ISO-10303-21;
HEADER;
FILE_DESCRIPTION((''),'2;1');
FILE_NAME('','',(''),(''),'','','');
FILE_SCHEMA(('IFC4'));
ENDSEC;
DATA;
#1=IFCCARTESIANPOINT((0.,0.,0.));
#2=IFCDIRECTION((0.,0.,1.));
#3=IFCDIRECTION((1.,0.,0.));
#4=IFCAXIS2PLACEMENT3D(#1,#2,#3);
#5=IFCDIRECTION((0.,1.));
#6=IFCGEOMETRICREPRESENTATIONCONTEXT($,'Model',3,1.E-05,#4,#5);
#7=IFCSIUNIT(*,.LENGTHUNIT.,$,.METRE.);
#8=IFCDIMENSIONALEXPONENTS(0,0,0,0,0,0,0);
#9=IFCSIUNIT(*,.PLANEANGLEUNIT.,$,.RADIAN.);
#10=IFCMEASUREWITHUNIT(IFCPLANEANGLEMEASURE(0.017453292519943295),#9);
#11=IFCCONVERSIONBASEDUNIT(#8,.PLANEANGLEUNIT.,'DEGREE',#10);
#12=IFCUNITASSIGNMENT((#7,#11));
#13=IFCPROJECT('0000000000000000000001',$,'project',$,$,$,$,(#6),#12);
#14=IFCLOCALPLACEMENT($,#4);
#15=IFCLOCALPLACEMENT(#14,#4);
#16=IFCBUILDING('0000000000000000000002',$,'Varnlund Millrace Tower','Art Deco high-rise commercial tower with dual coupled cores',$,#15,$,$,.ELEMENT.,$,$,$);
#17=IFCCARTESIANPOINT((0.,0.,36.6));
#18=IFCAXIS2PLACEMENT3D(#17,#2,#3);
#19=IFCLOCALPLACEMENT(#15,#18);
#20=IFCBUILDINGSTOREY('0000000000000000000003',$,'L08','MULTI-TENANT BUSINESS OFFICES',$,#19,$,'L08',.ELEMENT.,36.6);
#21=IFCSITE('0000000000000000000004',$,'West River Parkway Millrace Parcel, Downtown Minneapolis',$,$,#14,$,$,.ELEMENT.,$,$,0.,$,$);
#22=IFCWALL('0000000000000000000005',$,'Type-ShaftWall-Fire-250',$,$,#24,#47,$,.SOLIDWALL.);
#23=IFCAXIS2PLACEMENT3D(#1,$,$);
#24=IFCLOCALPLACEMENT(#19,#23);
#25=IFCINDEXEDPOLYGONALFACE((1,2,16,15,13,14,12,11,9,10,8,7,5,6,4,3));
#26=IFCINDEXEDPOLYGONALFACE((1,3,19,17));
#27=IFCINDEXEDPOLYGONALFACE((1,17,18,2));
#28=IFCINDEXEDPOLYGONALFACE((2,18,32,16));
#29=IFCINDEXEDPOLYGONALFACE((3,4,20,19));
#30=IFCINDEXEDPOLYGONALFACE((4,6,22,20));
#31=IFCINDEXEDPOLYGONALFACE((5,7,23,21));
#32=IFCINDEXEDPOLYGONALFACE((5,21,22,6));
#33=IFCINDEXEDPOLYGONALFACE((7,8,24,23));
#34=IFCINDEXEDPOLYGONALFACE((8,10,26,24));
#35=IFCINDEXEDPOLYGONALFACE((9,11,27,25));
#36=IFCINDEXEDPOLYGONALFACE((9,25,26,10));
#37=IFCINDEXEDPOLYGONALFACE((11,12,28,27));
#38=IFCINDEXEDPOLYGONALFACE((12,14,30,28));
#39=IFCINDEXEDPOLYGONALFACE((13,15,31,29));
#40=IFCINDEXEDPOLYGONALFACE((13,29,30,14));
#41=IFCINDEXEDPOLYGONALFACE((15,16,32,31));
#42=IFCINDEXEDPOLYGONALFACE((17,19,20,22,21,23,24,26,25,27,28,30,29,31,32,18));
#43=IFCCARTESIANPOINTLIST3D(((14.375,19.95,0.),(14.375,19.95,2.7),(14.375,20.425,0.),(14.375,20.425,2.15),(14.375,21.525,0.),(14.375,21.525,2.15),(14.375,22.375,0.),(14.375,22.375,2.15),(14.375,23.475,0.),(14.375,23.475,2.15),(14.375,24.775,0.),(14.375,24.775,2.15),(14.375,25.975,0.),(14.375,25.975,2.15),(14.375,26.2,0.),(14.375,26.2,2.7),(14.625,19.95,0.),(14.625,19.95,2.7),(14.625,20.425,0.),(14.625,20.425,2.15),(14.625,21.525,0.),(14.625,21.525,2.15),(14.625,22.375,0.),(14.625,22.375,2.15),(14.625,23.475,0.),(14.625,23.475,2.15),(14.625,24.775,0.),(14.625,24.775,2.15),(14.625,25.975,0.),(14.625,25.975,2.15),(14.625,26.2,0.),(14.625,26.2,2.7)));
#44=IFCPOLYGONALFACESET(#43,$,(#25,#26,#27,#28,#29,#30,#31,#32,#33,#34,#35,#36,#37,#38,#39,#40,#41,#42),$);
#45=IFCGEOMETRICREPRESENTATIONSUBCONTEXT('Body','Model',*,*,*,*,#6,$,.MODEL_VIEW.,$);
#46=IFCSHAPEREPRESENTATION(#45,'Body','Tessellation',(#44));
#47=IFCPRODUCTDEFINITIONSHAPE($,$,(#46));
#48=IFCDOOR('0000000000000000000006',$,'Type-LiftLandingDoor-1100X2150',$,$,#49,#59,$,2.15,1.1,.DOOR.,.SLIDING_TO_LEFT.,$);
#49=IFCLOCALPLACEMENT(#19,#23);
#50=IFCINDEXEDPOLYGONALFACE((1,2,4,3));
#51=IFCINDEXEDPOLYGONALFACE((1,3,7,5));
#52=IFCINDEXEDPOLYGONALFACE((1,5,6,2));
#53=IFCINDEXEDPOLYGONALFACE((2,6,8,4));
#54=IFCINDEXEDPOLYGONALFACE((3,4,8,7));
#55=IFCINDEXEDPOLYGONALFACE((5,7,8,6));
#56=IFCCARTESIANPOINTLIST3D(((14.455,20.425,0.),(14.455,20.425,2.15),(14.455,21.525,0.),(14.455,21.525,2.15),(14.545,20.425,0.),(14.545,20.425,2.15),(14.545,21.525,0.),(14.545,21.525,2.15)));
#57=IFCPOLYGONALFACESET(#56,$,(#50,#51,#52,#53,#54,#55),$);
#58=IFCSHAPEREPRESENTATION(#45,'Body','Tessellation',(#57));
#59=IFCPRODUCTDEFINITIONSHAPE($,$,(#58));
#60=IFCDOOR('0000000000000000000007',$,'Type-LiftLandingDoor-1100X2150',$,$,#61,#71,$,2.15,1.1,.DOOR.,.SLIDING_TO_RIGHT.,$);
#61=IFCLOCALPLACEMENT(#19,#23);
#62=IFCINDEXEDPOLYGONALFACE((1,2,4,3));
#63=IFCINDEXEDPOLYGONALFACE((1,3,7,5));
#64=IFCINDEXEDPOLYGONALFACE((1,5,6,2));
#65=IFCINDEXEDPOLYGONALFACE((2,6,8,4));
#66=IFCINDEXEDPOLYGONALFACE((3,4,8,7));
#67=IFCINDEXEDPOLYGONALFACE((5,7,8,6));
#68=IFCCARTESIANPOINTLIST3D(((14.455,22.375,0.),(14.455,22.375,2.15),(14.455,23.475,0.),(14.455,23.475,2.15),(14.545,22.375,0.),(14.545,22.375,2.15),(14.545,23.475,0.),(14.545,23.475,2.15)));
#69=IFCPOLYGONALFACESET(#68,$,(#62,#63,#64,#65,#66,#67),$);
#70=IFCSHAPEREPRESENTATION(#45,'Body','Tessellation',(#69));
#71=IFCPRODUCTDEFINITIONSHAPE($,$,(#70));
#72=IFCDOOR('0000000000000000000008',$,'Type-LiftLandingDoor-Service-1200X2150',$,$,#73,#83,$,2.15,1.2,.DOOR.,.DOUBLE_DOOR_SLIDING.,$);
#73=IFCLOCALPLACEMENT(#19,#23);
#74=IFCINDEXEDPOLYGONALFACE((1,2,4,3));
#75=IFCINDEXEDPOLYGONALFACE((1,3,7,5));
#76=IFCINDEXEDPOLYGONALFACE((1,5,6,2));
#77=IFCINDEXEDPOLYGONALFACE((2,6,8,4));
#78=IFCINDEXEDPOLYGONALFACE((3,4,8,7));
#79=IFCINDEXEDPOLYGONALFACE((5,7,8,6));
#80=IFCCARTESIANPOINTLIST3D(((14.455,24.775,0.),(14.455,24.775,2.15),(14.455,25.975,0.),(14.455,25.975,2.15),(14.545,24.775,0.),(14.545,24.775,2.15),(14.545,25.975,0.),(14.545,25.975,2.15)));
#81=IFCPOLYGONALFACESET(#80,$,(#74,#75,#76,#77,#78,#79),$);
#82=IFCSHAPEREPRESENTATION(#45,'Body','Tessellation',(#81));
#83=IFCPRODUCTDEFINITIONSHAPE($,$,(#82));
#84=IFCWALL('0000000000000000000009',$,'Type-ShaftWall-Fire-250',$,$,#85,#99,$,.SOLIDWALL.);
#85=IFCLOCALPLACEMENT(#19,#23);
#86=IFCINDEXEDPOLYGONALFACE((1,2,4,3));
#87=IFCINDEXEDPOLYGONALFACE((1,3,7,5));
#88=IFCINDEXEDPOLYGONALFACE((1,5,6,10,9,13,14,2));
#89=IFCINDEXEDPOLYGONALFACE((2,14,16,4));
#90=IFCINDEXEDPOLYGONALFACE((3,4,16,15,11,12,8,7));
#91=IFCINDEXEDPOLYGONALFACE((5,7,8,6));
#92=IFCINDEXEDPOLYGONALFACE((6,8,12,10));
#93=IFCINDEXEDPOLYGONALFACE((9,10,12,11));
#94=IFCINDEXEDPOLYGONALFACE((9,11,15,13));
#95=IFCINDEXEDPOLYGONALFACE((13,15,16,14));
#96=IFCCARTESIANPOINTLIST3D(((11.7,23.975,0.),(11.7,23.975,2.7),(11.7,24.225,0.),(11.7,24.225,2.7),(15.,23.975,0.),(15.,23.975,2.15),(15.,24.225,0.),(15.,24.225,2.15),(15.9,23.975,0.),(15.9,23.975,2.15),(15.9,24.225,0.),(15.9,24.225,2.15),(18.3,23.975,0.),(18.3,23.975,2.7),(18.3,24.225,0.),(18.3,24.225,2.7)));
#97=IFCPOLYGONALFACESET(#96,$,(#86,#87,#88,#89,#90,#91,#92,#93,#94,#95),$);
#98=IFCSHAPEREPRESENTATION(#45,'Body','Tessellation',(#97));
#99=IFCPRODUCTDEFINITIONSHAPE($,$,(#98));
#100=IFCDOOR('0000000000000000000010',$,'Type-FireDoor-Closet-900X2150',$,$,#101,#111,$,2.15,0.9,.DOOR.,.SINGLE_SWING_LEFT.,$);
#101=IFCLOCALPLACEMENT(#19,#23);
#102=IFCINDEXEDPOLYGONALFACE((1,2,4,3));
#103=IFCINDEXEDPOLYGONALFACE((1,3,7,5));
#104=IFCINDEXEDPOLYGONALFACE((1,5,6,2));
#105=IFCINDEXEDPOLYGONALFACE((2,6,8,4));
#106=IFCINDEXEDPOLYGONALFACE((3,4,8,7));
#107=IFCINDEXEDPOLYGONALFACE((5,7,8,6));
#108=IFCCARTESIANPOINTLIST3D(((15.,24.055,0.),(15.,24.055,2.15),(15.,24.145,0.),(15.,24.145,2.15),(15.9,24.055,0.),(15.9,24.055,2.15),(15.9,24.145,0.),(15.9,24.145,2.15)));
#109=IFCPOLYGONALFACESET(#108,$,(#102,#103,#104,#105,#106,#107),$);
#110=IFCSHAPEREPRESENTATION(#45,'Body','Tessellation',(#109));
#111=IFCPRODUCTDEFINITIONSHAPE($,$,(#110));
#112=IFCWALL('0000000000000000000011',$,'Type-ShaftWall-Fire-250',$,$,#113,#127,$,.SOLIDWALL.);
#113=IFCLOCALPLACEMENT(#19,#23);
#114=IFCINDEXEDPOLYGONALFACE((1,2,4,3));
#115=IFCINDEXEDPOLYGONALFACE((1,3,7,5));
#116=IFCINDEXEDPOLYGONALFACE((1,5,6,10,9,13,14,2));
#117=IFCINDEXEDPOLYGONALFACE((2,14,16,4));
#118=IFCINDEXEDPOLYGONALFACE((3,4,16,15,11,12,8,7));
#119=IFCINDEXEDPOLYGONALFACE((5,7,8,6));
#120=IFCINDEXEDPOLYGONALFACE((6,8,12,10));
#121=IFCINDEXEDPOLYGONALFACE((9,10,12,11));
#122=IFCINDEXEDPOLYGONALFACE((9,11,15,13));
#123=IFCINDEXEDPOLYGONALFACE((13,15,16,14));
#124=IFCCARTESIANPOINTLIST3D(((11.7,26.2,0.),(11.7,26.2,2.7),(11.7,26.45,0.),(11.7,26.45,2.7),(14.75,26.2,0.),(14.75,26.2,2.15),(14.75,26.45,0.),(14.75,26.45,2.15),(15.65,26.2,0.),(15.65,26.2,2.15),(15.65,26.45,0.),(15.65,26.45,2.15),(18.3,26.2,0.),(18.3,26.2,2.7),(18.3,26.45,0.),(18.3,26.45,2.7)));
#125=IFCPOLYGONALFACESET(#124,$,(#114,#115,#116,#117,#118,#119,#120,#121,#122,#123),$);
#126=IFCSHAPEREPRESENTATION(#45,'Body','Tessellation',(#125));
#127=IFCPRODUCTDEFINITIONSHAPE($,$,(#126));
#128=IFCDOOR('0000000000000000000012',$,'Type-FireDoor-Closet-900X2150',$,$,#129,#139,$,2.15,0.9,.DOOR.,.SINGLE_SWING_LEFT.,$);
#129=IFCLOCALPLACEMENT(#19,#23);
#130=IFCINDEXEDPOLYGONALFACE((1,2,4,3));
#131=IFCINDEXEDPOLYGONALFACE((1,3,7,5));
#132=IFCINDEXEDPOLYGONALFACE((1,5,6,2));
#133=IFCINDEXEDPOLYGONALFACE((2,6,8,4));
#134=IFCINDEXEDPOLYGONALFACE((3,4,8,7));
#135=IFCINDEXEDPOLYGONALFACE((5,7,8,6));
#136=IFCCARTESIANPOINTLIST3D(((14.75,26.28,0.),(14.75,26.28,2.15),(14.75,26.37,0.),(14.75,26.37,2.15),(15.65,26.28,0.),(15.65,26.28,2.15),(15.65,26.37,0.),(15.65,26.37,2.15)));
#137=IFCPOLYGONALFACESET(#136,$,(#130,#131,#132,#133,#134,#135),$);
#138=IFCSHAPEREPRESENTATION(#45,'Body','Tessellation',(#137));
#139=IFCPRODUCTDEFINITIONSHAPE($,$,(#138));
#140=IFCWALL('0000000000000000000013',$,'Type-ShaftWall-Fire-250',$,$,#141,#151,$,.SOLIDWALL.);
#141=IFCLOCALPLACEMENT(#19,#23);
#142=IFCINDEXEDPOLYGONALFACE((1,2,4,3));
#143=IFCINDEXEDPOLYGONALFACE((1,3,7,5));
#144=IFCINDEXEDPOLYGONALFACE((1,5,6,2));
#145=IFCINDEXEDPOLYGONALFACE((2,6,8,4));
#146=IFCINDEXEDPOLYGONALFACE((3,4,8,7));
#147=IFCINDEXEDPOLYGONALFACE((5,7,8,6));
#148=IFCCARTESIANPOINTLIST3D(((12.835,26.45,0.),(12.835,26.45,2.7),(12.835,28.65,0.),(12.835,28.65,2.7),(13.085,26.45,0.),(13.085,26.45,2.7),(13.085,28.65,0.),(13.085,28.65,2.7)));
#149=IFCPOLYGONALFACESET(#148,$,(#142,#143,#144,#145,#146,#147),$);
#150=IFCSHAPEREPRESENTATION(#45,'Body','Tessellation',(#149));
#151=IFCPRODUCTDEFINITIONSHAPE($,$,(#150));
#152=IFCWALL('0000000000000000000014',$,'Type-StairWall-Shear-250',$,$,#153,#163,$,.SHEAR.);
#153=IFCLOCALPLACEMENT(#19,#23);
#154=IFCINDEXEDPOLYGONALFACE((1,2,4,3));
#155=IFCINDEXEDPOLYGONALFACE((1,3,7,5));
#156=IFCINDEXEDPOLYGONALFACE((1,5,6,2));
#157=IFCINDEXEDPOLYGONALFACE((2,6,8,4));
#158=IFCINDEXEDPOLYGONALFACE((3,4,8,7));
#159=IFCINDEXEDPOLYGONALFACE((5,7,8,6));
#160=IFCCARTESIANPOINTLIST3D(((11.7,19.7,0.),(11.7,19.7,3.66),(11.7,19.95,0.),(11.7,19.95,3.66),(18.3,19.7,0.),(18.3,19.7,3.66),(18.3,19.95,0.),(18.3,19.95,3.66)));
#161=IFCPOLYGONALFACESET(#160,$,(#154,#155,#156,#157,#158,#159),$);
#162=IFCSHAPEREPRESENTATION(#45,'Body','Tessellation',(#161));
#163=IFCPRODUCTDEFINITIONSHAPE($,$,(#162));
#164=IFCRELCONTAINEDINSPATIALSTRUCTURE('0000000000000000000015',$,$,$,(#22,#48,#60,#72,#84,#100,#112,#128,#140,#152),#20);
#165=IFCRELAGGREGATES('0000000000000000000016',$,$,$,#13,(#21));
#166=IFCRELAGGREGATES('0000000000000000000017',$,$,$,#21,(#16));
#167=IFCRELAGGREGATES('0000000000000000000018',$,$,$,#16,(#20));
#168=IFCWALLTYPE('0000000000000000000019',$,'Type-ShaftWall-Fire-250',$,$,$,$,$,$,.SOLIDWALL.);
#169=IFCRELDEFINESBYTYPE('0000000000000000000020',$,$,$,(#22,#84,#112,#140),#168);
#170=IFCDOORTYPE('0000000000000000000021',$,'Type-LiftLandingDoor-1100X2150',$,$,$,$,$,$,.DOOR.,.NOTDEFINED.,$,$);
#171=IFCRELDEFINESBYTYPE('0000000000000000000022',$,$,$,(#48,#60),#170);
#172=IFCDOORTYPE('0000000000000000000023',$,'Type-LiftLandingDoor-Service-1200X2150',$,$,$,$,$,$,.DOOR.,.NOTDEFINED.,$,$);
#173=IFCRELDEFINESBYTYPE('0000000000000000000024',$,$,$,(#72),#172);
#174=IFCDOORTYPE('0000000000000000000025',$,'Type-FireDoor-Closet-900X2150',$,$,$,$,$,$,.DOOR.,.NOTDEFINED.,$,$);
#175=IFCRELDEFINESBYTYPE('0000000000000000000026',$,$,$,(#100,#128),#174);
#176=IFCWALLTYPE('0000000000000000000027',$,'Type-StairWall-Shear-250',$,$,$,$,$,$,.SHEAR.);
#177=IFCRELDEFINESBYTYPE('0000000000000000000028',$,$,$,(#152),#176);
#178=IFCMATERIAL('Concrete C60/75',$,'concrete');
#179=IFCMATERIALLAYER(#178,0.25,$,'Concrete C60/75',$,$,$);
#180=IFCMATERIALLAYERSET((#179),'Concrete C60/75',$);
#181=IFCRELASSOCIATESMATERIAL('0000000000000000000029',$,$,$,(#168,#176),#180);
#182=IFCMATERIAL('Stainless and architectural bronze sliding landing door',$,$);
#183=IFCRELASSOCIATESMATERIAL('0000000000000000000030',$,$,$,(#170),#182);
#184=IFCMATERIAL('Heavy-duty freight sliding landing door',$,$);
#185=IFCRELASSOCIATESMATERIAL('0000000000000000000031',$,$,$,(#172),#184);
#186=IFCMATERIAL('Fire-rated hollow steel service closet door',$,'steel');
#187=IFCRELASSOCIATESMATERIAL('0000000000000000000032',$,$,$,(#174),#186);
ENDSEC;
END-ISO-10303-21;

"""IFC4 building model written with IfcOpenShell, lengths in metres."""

from ifc_helpers import new_model, entity, si_unit, converted_unit, direction, frame, origin_with_axes, origin_2d_with_axis, place, context, subcontext, project, spatial, polyline, rectangle, outline, extrude, material, layer, layer_set, type_object, element, fill, save


model = new_model("IFC4")

# Units and contexts
model_context = context("Model", 3, precision=1e-05, world=origin_with_axes(), true_north=direction((0.0, 1.0)))
body_context = subcontext(model_context, "Body", "Model", "MODEL_VIEW")
ifc_project = project(units=[si_unit("LENGTHUNIT", "METRE"), converted_unit("PLANEANGLEUNIT", "DEGREE", entity("IfcPlaneAngleMeasure", 0.017453292519943295), si_unit("PLANEANGLEUNIT", "RADIAN"), dimensions=[0, 0, 0, 0, 0, 0, 0])], contexts=[model_context])

# Site, building, storey
site_placement = place(None, origin_with_axes())
site = spatial("IfcSite", under=ifc_project, at=site_placement, Name="West River Parkway Millrace Parcel, Downtown Minneapolis", CompositionType="ELEMENT", RefElevation=0.0)
building_placement = place(site_placement, origin_with_axes())
building = spatial("IfcBuilding", under=site, at=building_placement, Name="Varnlund Millrace Tower", Description="Art Deco high-rise commercial tower with dual coupled cores", CompositionType="ELEMENT")
storey_placement = place(building_placement, frame((0.0, 0.0, 36.6), z_axis=(0.0, 0.0, 1.0), x_axis=(1.0, 0.0, 0.0)))
storey = spatial("IfcBuildingStorey", under=building, at=storey_placement, Name="L08", Description="MULTI-TENANT BUSINESS OFFICES", LongName="L08", CompositionType="ELEMENT", Elevation=36.6)

# Wall, openings, doors
ifc_material_1 = material(Name="Concrete C60/75", Category="concrete")
ifc_layer_1 = layer(ifc_material_1, 0.25, Name="Concrete C60/75")
ifc_layer_set_1 = layer_set([ifc_layer_1], Name="Concrete C60/75")
wall_type_1 = type_object("IfcWallType", Name="Type-ShaftWall-Fire-250", PredefinedType="SOLIDWALL", material=ifc_layer_set_1)
wall_1_placement = place(storey_placement, frame((14.5, 19.95, 0.0), z_axis=(0.0, 0.0, 1.0), x_axis=(0.0, 1.0, 0.0)))
wall_1 = element("IfcWall", 1, at=wall_1_placement, inside=storey, type_object=wall_type_1, Name="Type-ShaftWall-Fire-250", PredefinedType="SOLIDWALL", context=body_context, shape_type="SweptSolid", body=[
    extrude(outline(polyline([(0.0, -0.125), (6.25, -0.125), (6.25, 0.125), (0.0, 0.125), (0.0, -0.125)])), origin_with_axes(), (0.0, 0.0, 1.0), 2.7),
])
opening_1_placement = place(wall_1_placement, frame((1.025, 0.0, 0.0), z_axis=(0.0, 0.0, 1.0), x_axis=(1.0, 0.0, 0.0)))
opening_1 = element("IfcOpeningElement", 2, at=opening_1_placement, cuts=wall_1, PredefinedType="OPENING", context=body_context, shape_type="SweptSolid", body=[
    extrude(rectangle(XDim=1.1, YDim=0.27, at=origin_2d_with_axis()), origin_with_axes(), (0.0, 0.0, 1.0), 2.15),
])
opening_2_placement = place(wall_1_placement, frame((2.975, 0.0, 0.0), z_axis=(0.0, 0.0, 1.0), x_axis=(1.0, 0.0, 0.0)))
opening_2 = element("IfcOpeningElement", 3, at=opening_2_placement, cuts=wall_1, PredefinedType="OPENING", context=body_context, shape_type="SweptSolid", body=[
    extrude(rectangle(XDim=1.1, YDim=0.27, at=origin_2d_with_axis()), origin_with_axes(), (0.0, 0.0, 1.0), 2.15),
])
opening_3_placement = place(wall_1_placement, frame((5.425, 0.0, 0.0), z_axis=(0.0, 0.0, 1.0), x_axis=(1.0, 0.0, 0.0)))
opening_3 = element("IfcOpeningElement", 4, at=opening_3_placement, cuts=wall_1, PredefinedType="OPENING", context=body_context, shape_type="SweptSolid", body=[
    extrude(rectangle(XDim=1.2, YDim=0.27, at=origin_2d_with_axis()), origin_with_axes(), (0.0, 0.0, 1.0), 2.15),
])
ifc_material_2 = material(Name="Stainless and architectural bronze sliding landing door")
door_type_1 = type_object("IfcDoorType", Name="Type-LiftLandingDoor-1100X2150", OperationType="NOTDEFINED", PredefinedType="DOOR", material=ifc_material_2)
door_1_placement = place(wall_1_placement, frame((1.025, 0.0, 0.0), z_axis=(0.0, 0.0, 1.0), x_axis=(1.0, 0.0, 0.0)))
door_1 = element("IfcDoor", 5, at=door_1_placement, inside=storey, type_object=door_type_1, Name="Type-LiftLandingDoor-1100X2150", OperationType="SLIDING_TO_LEFT", OverallHeight=2.15, OverallWidth=1.1, PredefinedType="DOOR", context=body_context, shape_type="SweptSolid", body=[
    extrude(rectangle(XDim=1.1, YDim=0.09, at=origin_2d_with_axis()), origin_with_axes(), (0.0, 0.0, 1.0), 2.15),
])
fill(opening_1, door_1)
door_2_placement = place(wall_1_placement, frame((2.975, 0.0, 0.0), z_axis=(0.0, 0.0, 1.0), x_axis=(1.0, 0.0, 0.0)))
door_2 = element("IfcDoor", 6, at=door_2_placement, inside=storey, type_object=door_type_1, Name="Type-LiftLandingDoor-1100X2150", OperationType="SLIDING_TO_RIGHT", OverallHeight=2.15, OverallWidth=1.1, PredefinedType="DOOR", context=body_context, shape_type="SweptSolid", body=[
    extrude(rectangle(XDim=1.1, YDim=0.09, at=origin_2d_with_axis()), origin_with_axes(), (0.0, 0.0, 1.0), 2.15),
])
fill(opening_2, door_2)
ifc_material_3 = material(Name="Heavy-duty freight sliding landing door")
door_type_2 = type_object("IfcDoorType", Name="Type-LiftLandingDoor-Service-1200X2150", OperationType="NOTDEFINED", PredefinedType="DOOR", material=ifc_material_3)
door_3_placement = place(wall_1_placement, frame((5.425, 0.0, 0.0), z_axis=(0.0, 0.0, 1.0), x_axis=(1.0, 0.0, 0.0)))
door_3 = element("IfcDoor", 7, at=door_3_placement, inside=storey, type_object=door_type_2, Name="Type-LiftLandingDoor-Service-1200X2150", OperationType="DOUBLE_DOOR_SLIDING", OverallHeight=2.15, OverallWidth=1.2, PredefinedType="DOOR", context=body_context, shape_type="SweptSolid", body=[
    extrude(rectangle(XDim=1.2, YDim=0.09, at=origin_2d_with_axis()), origin_with_axes(), (0.0, 0.0, 1.0), 2.15),
])
fill(opening_3, door_3)

# Walls, openings, doors
wall_2_placement = place(storey_placement, frame((11.7, 24.1, 0.0), z_axis=(0.0, 0.0, 1.0), x_axis=(1.0, 0.0, 0.0)))
wall_2 = element("IfcWall", 8, at=wall_2_placement, inside=storey, type_object=wall_type_1, Name="Type-ShaftWall-Fire-250", PredefinedType="SOLIDWALL", context=body_context, shape_type="SweptSolid", body=[
    extrude(outline(polyline([(0.0, -0.125), (6.6, -0.125), (6.6, 0.125), (0.0, 0.125), (0.0, -0.125)])), origin_with_axes(), (0.0, 0.0, 1.0), 2.7),
])
opening_4_placement = place(wall_2_placement, frame((3.75, 0.0, 0.0), z_axis=(0.0, 0.0, 1.0), x_axis=(1.0, 0.0, 0.0)))
opening_4 = element("IfcOpeningElement", 9, at=opening_4_placement, cuts=wall_2, PredefinedType="OPENING", context=body_context, shape_type="SweptSolid", body=[
    extrude(rectangle(XDim=0.9, YDim=0.27, at=origin_2d_with_axis()), origin_with_axes(), (0.0, 0.0, 1.0), 2.15),
])
ifc_material_4 = material(Name="Fire-rated hollow steel service closet door", Category="steel")
door_type_3 = type_object("IfcDoorType", Name="Type-FireDoor-Closet-900X2150", OperationType="NOTDEFINED", PredefinedType="DOOR", material=ifc_material_4)
door_4_placement = place(wall_2_placement, frame((3.75, 0.0, 0.0), z_axis=(0.0, 0.0, 1.0), x_axis=(1.0, 0.0, 0.0)))
door_4 = element("IfcDoor", 10, at=door_4_placement, inside=storey, type_object=door_type_3, Name="Type-FireDoor-Closet-900X2150", OperationType="SINGLE_SWING_LEFT", OverallHeight=2.15, OverallWidth=0.9, PredefinedType="DOOR", context=body_context, shape_type="SweptSolid", body=[
    extrude(rectangle(XDim=0.9, YDim=0.09, at=origin_2d_with_axis()), origin_with_axes(), (0.0, 0.0, 1.0), 2.15),
])
fill(opening_4, door_4)
wall_3_placement = place(storey_placement, frame((11.7, 26.325, 0.0), z_axis=(0.0, 0.0, 1.0), x_axis=(1.0, 0.0, 0.0)))
wall_3 = element("IfcWall", 11, at=wall_3_placement, inside=storey, type_object=wall_type_1, Name="Type-ShaftWall-Fire-250", PredefinedType="SOLIDWALL", context=body_context, shape_type="SweptSolid", body=[
    extrude(outline(polyline([(0.0, -0.125), (6.6, -0.125), (6.6, 0.125), (0.0, 0.125), (0.0, -0.125)])), origin_with_axes(), (0.0, 0.0, 1.0), 2.7),
])
opening_5_placement = place(wall_3_placement, frame((3.5, 0.0, 0.0), z_axis=(0.0, 0.0, 1.0), x_axis=(1.0, 0.0, 0.0)))
opening_5 = element("IfcOpeningElement", 12, at=opening_5_placement, cuts=wall_3, PredefinedType="OPENING", context=body_context, shape_type="SweptSolid", body=[
    extrude(rectangle(XDim=0.9, YDim=0.27, at=origin_2d_with_axis()), origin_with_axes(), (0.0, 0.0, 1.0), 2.15),
])
door_5_placement = place(wall_3_placement, frame((3.5, 0.0, 0.0), z_axis=(0.0, 0.0, 1.0), x_axis=(1.0, 0.0, 0.0)))
door_5 = element("IfcDoor", 13, at=door_5_placement, inside=storey, type_object=door_type_3, Name="Type-FireDoor-Closet-900X2150", OperationType="SINGLE_SWING_LEFT", OverallHeight=2.15, OverallWidth=0.9, PredefinedType="DOOR", context=body_context, shape_type="SweptSolid", body=[
    extrude(rectangle(XDim=0.9, YDim=0.09, at=origin_2d_with_axis()), origin_with_axes(), (0.0, 0.0, 1.0), 2.15),
])
fill(opening_5, door_5)

# Walls
wall_4_placement = place(storey_placement, frame((12.96, 26.45, 0.0), z_axis=(0.0, 0.0, 1.0), x_axis=(0.0, 1.0, 0.0)))
element("IfcWall", 14, at=wall_4_placement, inside=storey, type_object=wall_type_1, Name="Type-ShaftWall-Fire-250", PredefinedType="SOLIDWALL", context=body_context, shape_type="SweptSolid", body=[
    extrude(outline(polyline([(0.0, -0.125), (2.2, -0.125), (2.2, 0.125), (0.0, 0.125), (0.0, -0.125)])), origin_with_axes(), (0.0, 0.0, 1.0), 2.7),
])
wall_type_2 = type_object("IfcWallType", Name="Type-StairWall-Shear-250", PredefinedType="SHEAR", material=ifc_layer_set_1)
wall_5_placement = place(storey_placement, frame((11.7, 19.825, 0.0), z_axis=(0.0, 0.0, 1.0), x_axis=(1.0, 0.0, 0.0)))
element("IfcWall", 15, at=wall_5_placement, inside=storey, type_object=wall_type_2, Name="Type-StairWall-Shear-250", PredefinedType="SHEAR", context=body_context, shape_type="SweptSolid", body=[
    extrude(outline(polyline([(0.0, -0.125), (6.6, -0.125), (6.6, 0.125), (0.0, 0.125), (0.0, -0.125)])), origin_with_axes(), (0.0, 0.0, 1.0), 3.66),
])

save(model, "model.ifc")
